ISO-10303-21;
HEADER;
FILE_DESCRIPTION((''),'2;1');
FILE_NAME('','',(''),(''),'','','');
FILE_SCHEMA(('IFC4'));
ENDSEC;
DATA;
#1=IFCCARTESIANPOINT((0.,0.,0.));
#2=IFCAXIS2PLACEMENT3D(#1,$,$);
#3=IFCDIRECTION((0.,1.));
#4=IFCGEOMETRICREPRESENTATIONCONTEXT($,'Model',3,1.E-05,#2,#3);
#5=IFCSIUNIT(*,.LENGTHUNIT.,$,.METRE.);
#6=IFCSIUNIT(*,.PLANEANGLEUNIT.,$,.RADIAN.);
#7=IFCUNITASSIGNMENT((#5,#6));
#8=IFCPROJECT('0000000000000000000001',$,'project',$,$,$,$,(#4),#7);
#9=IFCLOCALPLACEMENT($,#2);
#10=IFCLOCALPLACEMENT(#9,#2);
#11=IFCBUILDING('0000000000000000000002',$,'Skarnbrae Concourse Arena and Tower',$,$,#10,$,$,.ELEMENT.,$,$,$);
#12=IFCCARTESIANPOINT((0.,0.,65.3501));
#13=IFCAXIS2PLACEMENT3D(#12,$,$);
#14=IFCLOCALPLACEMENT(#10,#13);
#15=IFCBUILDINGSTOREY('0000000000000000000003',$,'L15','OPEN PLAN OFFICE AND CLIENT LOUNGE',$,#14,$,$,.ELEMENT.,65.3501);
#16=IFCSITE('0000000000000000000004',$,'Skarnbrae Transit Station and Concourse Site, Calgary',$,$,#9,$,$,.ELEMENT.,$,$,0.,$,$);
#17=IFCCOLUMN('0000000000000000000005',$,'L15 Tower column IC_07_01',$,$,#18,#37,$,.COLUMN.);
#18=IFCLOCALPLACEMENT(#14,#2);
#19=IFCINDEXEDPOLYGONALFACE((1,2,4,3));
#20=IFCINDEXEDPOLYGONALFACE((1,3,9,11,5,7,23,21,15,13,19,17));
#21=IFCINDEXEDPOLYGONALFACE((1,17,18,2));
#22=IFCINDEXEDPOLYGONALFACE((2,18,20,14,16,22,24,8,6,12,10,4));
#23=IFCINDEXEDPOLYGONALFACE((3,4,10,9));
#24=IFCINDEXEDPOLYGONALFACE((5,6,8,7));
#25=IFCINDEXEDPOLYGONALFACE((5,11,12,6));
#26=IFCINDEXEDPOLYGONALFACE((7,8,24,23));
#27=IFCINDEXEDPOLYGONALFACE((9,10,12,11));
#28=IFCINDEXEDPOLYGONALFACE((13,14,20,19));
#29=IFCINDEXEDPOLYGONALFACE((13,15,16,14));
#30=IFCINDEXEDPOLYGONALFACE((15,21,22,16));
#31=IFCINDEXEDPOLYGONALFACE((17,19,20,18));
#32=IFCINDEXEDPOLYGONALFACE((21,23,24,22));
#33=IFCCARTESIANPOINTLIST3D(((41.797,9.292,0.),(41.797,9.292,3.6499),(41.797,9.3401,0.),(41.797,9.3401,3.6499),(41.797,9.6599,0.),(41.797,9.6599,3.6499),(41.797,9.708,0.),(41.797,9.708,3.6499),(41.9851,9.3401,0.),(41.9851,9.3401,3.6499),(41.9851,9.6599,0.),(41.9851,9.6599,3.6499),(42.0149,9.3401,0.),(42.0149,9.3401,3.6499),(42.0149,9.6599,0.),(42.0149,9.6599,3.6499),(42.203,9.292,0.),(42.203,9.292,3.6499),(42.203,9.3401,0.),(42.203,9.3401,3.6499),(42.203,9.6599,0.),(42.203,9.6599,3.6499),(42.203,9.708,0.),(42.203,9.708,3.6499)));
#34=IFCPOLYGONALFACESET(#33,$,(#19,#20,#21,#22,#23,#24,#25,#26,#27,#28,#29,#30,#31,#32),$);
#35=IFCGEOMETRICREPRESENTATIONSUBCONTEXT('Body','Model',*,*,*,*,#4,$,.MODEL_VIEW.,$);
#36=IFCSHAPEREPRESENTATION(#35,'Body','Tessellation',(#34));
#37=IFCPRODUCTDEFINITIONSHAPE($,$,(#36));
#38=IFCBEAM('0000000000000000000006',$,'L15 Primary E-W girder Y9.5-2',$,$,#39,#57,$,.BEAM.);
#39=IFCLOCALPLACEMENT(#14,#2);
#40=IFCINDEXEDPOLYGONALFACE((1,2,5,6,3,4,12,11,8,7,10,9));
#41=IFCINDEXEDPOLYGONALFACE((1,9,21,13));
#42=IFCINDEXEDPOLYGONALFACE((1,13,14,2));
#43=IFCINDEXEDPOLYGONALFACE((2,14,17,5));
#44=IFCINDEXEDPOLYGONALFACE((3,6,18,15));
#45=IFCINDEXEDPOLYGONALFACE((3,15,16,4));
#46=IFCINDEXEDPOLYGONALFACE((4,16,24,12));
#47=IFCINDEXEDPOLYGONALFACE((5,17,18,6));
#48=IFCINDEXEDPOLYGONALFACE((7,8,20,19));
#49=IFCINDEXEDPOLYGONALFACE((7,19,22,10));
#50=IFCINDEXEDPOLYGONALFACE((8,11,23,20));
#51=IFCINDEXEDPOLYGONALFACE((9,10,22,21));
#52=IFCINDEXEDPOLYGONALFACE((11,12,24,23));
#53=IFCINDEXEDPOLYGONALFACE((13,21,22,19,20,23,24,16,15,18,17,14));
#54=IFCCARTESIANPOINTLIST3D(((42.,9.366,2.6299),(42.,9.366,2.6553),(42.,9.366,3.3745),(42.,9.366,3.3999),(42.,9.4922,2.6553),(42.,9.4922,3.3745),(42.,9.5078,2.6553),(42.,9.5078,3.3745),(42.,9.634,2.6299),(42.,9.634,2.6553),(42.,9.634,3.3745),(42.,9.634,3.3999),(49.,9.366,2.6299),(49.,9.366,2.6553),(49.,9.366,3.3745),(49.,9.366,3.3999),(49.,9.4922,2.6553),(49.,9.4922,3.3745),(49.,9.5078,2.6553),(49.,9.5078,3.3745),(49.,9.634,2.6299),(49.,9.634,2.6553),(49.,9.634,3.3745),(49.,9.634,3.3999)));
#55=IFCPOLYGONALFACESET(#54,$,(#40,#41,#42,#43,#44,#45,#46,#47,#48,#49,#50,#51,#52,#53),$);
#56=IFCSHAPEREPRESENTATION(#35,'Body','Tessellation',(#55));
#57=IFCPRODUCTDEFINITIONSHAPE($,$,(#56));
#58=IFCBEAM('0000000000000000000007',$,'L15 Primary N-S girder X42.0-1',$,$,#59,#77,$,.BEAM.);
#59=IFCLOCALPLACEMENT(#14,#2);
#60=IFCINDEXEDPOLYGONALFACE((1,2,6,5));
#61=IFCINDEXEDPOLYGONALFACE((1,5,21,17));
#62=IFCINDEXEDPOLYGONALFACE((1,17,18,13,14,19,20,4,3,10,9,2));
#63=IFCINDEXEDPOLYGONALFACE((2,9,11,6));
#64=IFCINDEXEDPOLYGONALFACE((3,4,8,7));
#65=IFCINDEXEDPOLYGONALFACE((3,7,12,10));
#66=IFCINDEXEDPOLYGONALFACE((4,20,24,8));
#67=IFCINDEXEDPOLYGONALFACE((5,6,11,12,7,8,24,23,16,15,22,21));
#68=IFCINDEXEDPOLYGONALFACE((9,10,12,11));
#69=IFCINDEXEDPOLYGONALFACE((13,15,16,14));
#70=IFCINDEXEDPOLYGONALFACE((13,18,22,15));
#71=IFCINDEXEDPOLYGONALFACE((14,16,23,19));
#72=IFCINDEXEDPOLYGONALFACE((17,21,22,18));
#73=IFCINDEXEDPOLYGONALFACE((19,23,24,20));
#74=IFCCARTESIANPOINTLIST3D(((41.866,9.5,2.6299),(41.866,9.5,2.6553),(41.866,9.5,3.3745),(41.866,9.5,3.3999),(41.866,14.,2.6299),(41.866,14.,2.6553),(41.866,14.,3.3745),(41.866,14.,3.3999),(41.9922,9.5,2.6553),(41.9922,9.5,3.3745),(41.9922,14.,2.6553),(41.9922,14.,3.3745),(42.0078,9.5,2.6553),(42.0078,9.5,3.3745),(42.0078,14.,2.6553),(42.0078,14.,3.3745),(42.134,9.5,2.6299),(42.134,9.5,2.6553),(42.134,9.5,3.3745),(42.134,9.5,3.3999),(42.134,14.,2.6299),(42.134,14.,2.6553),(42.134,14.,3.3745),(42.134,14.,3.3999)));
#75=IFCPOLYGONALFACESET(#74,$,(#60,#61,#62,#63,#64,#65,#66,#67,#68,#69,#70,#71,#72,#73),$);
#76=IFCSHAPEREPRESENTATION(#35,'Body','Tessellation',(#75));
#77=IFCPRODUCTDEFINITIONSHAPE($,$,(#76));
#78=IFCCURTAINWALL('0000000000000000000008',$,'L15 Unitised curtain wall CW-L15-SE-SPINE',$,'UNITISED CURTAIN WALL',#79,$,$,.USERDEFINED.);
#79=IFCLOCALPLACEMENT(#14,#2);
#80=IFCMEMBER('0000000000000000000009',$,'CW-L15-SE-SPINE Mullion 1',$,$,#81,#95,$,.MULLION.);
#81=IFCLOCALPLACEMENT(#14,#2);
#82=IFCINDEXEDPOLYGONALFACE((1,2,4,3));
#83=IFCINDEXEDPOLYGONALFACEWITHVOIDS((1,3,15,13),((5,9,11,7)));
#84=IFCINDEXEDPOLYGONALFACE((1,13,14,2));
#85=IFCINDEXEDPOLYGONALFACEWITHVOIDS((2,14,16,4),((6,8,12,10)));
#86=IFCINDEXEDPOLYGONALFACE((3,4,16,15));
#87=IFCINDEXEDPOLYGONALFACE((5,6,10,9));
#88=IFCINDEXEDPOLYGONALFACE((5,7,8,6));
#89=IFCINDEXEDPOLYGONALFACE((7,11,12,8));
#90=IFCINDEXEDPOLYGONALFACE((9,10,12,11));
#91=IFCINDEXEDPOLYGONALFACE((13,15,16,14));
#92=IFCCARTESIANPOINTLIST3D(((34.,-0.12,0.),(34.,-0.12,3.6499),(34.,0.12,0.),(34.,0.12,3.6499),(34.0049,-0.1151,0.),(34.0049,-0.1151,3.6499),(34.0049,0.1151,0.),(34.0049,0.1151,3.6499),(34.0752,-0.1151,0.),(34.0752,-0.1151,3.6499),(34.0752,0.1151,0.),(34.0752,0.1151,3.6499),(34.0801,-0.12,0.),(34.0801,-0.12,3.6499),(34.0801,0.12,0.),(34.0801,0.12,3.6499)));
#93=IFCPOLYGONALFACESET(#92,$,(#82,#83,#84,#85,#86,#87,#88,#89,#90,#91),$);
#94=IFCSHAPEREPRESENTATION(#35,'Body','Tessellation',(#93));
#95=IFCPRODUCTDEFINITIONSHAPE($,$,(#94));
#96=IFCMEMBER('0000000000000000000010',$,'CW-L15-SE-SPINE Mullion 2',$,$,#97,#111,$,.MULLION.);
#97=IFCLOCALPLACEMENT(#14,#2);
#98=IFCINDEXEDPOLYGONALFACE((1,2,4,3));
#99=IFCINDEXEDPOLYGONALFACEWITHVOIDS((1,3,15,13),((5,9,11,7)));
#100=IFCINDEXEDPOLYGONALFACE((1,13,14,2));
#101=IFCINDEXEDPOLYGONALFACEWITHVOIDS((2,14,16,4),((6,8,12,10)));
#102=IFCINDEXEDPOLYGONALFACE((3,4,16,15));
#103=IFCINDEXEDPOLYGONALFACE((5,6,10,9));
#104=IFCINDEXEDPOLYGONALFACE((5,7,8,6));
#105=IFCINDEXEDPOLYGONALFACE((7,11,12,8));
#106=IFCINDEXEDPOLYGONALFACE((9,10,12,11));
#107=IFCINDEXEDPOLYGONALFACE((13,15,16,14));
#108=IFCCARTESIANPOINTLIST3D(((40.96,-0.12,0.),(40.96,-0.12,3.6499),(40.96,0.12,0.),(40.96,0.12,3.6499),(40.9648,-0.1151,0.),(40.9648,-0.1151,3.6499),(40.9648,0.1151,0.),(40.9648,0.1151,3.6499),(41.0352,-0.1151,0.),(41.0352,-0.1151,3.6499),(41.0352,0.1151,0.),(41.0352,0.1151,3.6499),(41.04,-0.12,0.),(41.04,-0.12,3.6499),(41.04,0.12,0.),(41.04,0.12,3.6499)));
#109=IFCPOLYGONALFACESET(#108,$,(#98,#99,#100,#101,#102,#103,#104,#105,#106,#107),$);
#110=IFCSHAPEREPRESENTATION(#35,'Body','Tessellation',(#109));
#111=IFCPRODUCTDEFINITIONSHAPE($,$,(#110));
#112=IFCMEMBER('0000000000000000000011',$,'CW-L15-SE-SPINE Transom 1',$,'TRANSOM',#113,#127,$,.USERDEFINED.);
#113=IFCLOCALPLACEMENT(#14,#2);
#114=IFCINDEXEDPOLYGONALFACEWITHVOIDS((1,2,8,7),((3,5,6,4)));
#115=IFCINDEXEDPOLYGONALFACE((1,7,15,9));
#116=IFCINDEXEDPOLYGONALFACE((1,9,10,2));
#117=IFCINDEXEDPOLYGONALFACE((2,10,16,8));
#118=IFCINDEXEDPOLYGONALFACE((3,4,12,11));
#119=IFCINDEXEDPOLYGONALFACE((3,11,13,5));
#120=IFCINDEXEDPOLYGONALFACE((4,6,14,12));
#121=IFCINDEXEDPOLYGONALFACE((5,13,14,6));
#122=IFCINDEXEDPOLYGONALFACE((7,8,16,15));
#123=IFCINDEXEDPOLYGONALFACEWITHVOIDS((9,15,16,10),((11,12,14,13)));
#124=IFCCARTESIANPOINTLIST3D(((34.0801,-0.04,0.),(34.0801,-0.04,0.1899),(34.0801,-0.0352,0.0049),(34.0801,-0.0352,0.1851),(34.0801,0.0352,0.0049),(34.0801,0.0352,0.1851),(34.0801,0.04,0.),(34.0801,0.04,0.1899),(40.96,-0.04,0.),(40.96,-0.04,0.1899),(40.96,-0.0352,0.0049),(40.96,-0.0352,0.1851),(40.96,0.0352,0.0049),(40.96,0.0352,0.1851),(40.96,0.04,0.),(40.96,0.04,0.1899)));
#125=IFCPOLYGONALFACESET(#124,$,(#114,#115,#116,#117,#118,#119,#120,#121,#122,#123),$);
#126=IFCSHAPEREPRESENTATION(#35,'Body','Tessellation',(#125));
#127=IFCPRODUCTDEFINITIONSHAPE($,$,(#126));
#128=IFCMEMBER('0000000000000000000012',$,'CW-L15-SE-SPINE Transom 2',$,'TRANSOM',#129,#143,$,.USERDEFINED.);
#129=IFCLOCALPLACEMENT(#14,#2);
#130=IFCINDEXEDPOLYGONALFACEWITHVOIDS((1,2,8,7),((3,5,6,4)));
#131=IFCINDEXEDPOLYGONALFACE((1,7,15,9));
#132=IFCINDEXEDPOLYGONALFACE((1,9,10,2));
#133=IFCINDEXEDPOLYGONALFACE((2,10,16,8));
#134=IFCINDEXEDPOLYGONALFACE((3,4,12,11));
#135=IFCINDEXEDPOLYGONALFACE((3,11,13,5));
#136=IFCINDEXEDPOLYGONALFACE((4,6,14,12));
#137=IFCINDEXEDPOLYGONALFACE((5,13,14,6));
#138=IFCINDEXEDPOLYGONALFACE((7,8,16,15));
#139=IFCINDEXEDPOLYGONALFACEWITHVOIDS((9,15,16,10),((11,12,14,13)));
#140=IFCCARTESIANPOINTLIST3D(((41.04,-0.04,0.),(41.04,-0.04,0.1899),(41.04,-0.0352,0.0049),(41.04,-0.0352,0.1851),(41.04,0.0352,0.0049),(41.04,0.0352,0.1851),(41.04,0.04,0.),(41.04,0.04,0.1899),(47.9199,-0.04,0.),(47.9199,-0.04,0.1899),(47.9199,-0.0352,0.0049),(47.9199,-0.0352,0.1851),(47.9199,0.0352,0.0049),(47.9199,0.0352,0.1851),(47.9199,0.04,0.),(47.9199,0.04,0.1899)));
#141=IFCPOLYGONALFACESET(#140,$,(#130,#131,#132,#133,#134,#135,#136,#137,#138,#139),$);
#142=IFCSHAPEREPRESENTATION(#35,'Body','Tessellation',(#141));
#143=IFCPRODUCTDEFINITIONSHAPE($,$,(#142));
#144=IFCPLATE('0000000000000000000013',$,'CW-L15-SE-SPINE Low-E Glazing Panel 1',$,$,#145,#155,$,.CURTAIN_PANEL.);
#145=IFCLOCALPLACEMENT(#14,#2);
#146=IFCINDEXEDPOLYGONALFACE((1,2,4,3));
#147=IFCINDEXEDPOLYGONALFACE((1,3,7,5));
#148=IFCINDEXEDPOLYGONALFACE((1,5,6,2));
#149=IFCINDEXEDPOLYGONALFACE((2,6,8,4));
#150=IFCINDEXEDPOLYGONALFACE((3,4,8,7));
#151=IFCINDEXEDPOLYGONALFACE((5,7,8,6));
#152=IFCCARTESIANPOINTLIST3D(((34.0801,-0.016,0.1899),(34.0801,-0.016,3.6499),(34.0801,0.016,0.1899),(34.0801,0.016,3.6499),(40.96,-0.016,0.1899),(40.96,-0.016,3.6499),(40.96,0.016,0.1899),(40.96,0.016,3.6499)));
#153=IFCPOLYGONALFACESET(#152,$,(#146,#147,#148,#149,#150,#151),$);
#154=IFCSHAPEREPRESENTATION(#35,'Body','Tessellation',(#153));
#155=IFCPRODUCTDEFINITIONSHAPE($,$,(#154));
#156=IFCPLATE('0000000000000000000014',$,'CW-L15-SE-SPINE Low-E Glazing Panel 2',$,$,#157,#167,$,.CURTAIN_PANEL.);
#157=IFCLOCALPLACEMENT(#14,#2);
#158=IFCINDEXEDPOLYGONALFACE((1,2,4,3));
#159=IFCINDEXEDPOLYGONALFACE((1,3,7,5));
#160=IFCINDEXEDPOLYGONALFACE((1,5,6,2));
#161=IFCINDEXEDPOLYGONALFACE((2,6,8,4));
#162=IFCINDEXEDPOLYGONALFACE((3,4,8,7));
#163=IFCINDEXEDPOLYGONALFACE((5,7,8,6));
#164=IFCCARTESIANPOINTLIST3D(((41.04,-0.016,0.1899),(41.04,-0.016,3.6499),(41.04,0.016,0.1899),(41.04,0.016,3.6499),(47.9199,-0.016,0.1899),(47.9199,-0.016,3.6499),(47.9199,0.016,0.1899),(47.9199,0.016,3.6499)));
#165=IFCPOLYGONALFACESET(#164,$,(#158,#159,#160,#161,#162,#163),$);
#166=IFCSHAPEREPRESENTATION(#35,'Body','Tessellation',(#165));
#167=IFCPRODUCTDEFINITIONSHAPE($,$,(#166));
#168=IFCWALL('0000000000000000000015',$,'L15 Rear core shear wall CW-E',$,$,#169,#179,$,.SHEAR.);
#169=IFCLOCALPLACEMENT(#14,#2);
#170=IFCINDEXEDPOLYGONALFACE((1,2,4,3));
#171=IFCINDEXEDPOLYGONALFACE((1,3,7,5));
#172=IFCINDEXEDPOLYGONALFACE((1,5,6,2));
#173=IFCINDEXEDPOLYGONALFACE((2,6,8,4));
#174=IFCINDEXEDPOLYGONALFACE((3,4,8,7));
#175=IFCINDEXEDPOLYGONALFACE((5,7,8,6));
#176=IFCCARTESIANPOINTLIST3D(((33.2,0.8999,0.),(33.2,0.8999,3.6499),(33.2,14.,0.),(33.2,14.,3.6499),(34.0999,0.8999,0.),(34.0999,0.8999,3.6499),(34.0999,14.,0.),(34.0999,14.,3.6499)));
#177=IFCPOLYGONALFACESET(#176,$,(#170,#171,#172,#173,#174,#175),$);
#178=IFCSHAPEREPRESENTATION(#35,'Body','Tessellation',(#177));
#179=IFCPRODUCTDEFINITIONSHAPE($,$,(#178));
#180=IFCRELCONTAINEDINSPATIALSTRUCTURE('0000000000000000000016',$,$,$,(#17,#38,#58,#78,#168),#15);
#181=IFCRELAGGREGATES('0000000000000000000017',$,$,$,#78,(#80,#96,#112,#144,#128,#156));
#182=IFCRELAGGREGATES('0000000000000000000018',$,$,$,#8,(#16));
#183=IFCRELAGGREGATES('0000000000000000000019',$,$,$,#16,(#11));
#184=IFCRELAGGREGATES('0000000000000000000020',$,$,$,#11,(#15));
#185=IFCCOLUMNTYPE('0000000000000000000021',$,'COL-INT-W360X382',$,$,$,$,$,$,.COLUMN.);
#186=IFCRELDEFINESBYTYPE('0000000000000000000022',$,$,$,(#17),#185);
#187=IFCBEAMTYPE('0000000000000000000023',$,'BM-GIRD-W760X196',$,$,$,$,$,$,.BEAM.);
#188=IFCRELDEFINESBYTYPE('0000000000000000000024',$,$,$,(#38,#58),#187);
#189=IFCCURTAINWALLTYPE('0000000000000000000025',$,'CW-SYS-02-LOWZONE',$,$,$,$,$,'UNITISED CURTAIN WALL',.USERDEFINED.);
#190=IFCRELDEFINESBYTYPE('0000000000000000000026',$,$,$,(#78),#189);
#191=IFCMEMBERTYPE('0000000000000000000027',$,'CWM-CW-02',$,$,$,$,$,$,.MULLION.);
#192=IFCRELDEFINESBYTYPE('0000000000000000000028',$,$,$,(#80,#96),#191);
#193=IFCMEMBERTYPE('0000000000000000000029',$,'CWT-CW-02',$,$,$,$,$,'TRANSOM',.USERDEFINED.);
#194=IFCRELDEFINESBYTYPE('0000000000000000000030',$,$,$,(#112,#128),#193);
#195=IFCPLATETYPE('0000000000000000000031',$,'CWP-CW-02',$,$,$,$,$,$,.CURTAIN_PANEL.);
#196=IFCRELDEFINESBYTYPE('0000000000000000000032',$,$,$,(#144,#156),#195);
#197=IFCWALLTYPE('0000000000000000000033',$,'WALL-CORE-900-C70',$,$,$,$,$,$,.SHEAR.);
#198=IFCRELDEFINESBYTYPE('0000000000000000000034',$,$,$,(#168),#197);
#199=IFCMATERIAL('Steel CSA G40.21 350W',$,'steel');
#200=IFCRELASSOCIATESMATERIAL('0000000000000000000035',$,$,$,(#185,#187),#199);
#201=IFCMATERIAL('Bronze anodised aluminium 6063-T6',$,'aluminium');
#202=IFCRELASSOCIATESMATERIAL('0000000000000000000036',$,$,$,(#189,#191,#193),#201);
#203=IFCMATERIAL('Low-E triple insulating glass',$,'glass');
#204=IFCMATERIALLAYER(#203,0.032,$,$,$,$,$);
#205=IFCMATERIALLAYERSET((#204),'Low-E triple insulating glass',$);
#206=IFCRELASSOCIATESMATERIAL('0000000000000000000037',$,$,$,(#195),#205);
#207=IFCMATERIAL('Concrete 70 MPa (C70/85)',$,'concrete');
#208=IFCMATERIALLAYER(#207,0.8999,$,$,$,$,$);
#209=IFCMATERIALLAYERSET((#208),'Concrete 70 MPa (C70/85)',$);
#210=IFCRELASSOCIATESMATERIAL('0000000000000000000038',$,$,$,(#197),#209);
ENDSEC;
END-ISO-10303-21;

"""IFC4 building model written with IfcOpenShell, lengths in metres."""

from ifc_helpers import new_model, si_unit, direction, frame, frame_2d, origin, origin_2d, place, context, subcontext, project, spatial, rectangle, hollow_rectangle, i_section, extrude, source, transform, mapped, material, layer, layer_set, material_profile, profile_set, type_object, element, aggregate, save


model = new_model("IFC4")

# Units and contexts
model_context = context("Model", 3, precision=1e-05, world=origin(), true_north=direction((0.0, 1.0)))
body_context = subcontext(model_context, "Body", "Model", "MODEL_VIEW")
ifc_project = project(units=[si_unit("LENGTHUNIT", "METRE"), si_unit("PLANEANGLEUNIT", "RADIAN")], contexts=[model_context])

# Site, building, storey
site_placement = place(None, origin())
site = spatial("IfcSite", under=ifc_project, at=site_placement, Name="Skarnbrae Transit Station and Concourse Site, Calgary", CompositionType="ELEMENT", RefElevation=0.0)
building_placement = place(site_placement, origin())
building = spatial("IfcBuilding", under=site, at=building_placement, Name="Skarnbrae Concourse Arena and Tower", CompositionType="ELEMENT")
storey_placement = place(building_placement, frame((0.0, 0.0, 65.3501)))
storey = spatial("IfcBuildingStorey", under=building, at=storey_placement, Name="L15", Description="OPEN PLAN OFFICE AND CLIENT LOUNGE", CompositionType="ELEMENT", Elevation=65.3501)

# Column
ifc_material_1 = material(Name="Steel CSA G40.21 350W", Category="steel")
ifc_material_profile_1 = material_profile(ifc_material_1, i_section(OverallWidth=0.406, OverallDepth=0.416, WebThickness=0.0298, FlangeThickness=0.0481, at=origin_2d()), Name="W360X382")
ifc_profile_set_1 = profile_set([ifc_material_profile_1], Name="Steel CSA G40.21 350W")
column_type = type_object("IfcColumnType", Name="COL-INT-W360X382", PredefinedType="COLUMN", material=ifc_profile_set_1)
shared_shape_1 = source(origin(), body_context, "Body", "SweptSolid", [
    extrude(i_section(OverallWidth=0.406, OverallDepth=0.416, WebThickness=0.0298, FlangeThickness=0.0481, at=origin_2d()), origin(), (0.0, 0.0, 1.0), 3.6499),
])
column_placement = place(storey_placement, frame((42.0, 9.5, 0.0), z_axis=(0.0, 0.0, 1.0), x_axis=(1.0, 0.0, 0.0)))
element("IfcColumn", 1, at=column_placement, inside=storey, type_object=column_type, Name="L15 Tower column IC_07_01", PredefinedType="COLUMN", context=body_context, shape_type="MappedRepresentation", body=[
    mapped(shared_shape_1, transform((0.0, 0.0, 0.0))),
])

# Beams
ifc_material_profile_2 = material_profile(ifc_material_1, i_section(OverallWidth=0.2681, OverallDepth=0.77, WebThickness=0.0156, FlangeThickness=0.0254, at=origin_2d()), Name="W760X196")
ifc_profile_set_2 = profile_set([ifc_material_profile_2], Name="Steel CSA G40.21 350W")
beam_type = type_object("IfcBeamType", Name="BM-GIRD-W760X196", PredefinedType="BEAM", material=ifc_profile_set_2)
shared_shape_2 = source(origin(), body_context, "Body", "SweptSolid", [
    extrude(i_section(OverallWidth=0.2681, OverallDepth=0.77, WebThickness=0.0156, FlangeThickness=0.0254, at=origin_2d()), origin(), (0.0, 0.0, 1.0), 7.0),
])
beam_1_placement = place(storey_placement, frame((42.0, 9.5, 3.0149), z_axis=(1.0, 0.0, 0.0), x_axis=(0.0, 1.0, 0.0)))
element("IfcBeam", 2, at=beam_1_placement, inside=storey, type_object=beam_type, Name="L15 Primary E-W girder Y9.5-2", PredefinedType="BEAM", context=body_context, shape_type="MappedRepresentation", body=[
    mapped(shared_shape_2, transform((0.0, 0.0, 0.0))),
])
shared_shape_3 = source(origin(), body_context, "Body", "SweptSolid", [
    extrude(i_section(OverallWidth=0.2681, OverallDepth=0.77, WebThickness=0.0156, FlangeThickness=0.0254, at=origin_2d()), origin(), (0.0, 0.0, 1.0), 4.5),
])
beam_2_placement = place(storey_placement, frame((42.0, 9.5, 3.0149), z_axis=(0.0, 1.0, 0.0), x_axis=(-1.0, 0.0, 0.0)))
element("IfcBeam", 3, at=beam_2_placement, inside=storey, type_object=beam_type, Name="L15 Primary N-S girder X42.0-1", PredefinedType="BEAM", context=body_context, shape_type="MappedRepresentation", body=[
    mapped(shared_shape_3, transform((0.0, 0.0, 0.0))),
])

# Curtain wall, members, plates
ifc_material_2 = material(Name="Bronze anodised aluminium 6063-T6", Category="aluminium")
curtain_wall_type = type_object("IfcCurtainWallType", Name="CW-SYS-02-LOWZONE", ElementType="UNITISED CURTAIN WALL", PredefinedType="USERDEFINED", material=ifc_material_2)
curtain_wall_placement = place(storey_placement, origin())
curtain_wall = element("IfcCurtainWall", 4, at=curtain_wall_placement, inside=storey, type_object=curtain_wall_type, Name="L15 Unitised curtain wall CW-L15-SE-SPINE", ObjectType="UNITISED CURTAIN WALL", PredefinedType="USERDEFINED")
ifc_material_profile_3 = material_profile(ifc_material_2, hollow_rectangle(XDim=0.0801, YDim=0.24, WallThickness=0.0049, at=origin_2d()), Name="ALU-MULL-80X240")
ifc_profile_set_3 = profile_set([ifc_material_profile_3], Name="Bronze anodised aluminium 6063-T6")
member_type_1 = type_object("IfcMemberType", Name="CWM-CW-02", PredefinedType="MULLION", material=ifc_profile_set_3)
shared_shape_4 = source(origin(), body_context, "Body", "SweptSolid", [
    extrude(hollow_rectangle(XDim=0.0801, YDim=0.24, WallThickness=0.0049, at=origin_2d()), origin(), (0.0, 0.0, 1.0), 3.6499),
])
member_1_placement = place(storey_placement, frame((34.04, 0.0, 0.0), z_axis=(0.0, 0.0, 1.0), x_axis=(1.0, 0.0, 0.0)))
member_1 = element("IfcMember", 5, at=member_1_placement, type_object=member_type_1, Name="CW-L15-SE-SPINE Mullion 1", PredefinedType="MULLION", context=body_context, shape_type="MappedRepresentation", body=[
    mapped(shared_shape_4, transform((0.0, 0.0, 0.0))),
])
member_2_placement = place(storey_placement, frame((41.0, 0.0, 0.0), z_axis=(0.0, 0.0, 1.0), x_axis=(1.0, 0.0, 0.0)))
member_2 = element("IfcMember", 6, at=member_2_placement, type_object=member_type_1, Name="CW-L15-SE-SPINE Mullion 2", PredefinedType="MULLION", context=body_context, shape_type="MappedRepresentation", body=[
    mapped(shared_shape_4, transform((0.0, 0.0, 0.0))),
])
ifc_material_profile_4 = material_profile(ifc_material_2, hollow_rectangle(XDim=0.0801, YDim=0.1899, WallThickness=0.0049, at=origin_2d()), Name="ALU-TRAN-80X190")
ifc_profile_set_4 = profile_set([ifc_material_profile_4], Name="Bronze anodised aluminium 6063-T6")
member_type_2 = type_object("IfcMemberType", Name="CWT-CW-02", ElementType="TRANSOM", PredefinedType="USERDEFINED", material=ifc_profile_set_4)
shared_shape_5 = source(origin(), body_context, "Body", "SweptSolid", [
    extrude(hollow_rectangle(XDim=0.0801, YDim=0.1899, WallThickness=0.0049, at=origin_2d()), origin(), (0.0, 0.0, 1.0), 6.8799),
])
member_3_placement = place(storey_placement, frame((34.0801, 0.0, 0.095), z_axis=(1.0, 0.0, 0.0), x_axis=(0.0, 1.0, 0.0)))
member_3 = element("IfcMember", 7, at=member_3_placement, type_object=member_type_2, Name="CW-L15-SE-SPINE Transom 1", ObjectType="TRANSOM", PredefinedType="USERDEFINED", context=body_context, shape_type="MappedRepresentation", body=[
    mapped(shared_shape_5, transform((0.0, 0.0, 0.0))),
])
member_4_placement = place(storey_placement, frame((41.04, 0.0, 0.095), z_axis=(1.0, 0.0, 0.0), x_axis=(0.0, 1.0, 0.0)))
member_4 = element("IfcMember", 8, at=member_4_placement, type_object=member_type_2, Name="CW-L15-SE-SPINE Transom 2", ObjectType="TRANSOM", PredefinedType="USERDEFINED", context=body_context, shape_type="MappedRepresentation", body=[
    mapped(shared_shape_5, transform((0.0, 0.0, 0.0))),
])
ifc_material_3 = material(Name="Low-E triple insulating glass", Category="glass")
ifc_layer_1 = layer(ifc_material_3, 0.032)
ifc_layer_set_1 = layer_set([ifc_layer_1], Name="Low-E triple insulating glass")
plate_type = type_object("IfcPlateType", Name="CWP-CW-02", PredefinedType="CURTAIN_PANEL", material=ifc_layer_set_1)
shared_shape_6 = source(origin(), body_context, "Body", "SweptSolid", [
    extrude(rectangle(XDim=6.8799, YDim=0.032, at=origin_2d()), origin(), (0.0, 0.0, 1.0), 3.46),
])
plate_1_placement = place(storey_placement, frame((37.52, 0.0, 0.1899), z_axis=(0.0, 0.0, 1.0), x_axis=(1.0, 0.0, 0.0)))
plate_1 = element("IfcPlate", 9, at=plate_1_placement, type_object=plate_type, Name="CW-L15-SE-SPINE Low-E Glazing Panel 1", PredefinedType="CURTAIN_PANEL", context=body_context, shape_type="MappedRepresentation", body=[
    mapped(shared_shape_6, transform((0.0, 0.0, 0.0))),
])
plate_2_placement = place(storey_placement, frame((44.48, 0.0, 0.1899), z_axis=(0.0, 0.0, 1.0), x_axis=(1.0, 0.0, 0.0)))
plate_2 = element("IfcPlate", 10, at=plate_2_placement, type_object=plate_type, Name="CW-L15-SE-SPINE Low-E Glazing Panel 2", PredefinedType="CURTAIN_PANEL", context=body_context, shape_type="MappedRepresentation", body=[
    mapped(shared_shape_6, transform((0.0, 0.0, 0.0))),
])
aggregate(curtain_wall, [member_1, member_2, member_3, plate_1, member_4, plate_2])

# Wall
ifc_material_4 = material(Name="Concrete 70 MPa (C70/85)", Category="concrete")
ifc_layer_2 = layer(ifc_material_4, 0.8999)
ifc_layer_set_2 = layer_set([ifc_layer_2], Name="Concrete 70 MPa (C70/85)")
wall_type_1 = type_object("IfcWallType", Name="WALL-CORE-900-C70", PredefinedType="SHEAR", material=ifc_layer_set_2)
shared_shape_7 = source(origin(), body_context, "Body", "SweptSolid", [
    extrude(rectangle(XDim=13.1001, YDim=0.8999, at=frame_2d((6.55, 0.0))), origin(), (0.0, 0.0, 1.0), 3.6499),
])
wall_1_placement = place(storey_placement, frame((33.6499, 0.8999, 0.0), z_axis=(0.0, 0.0, 1.0), x_axis=(0.0, 1.0, 0.0)))
element("IfcWall", 11, at=wall_1_placement, inside=storey, type_object=wall_type_1, Name="L15 Rear core shear wall CW-E", PredefinedType="SHEAR", context=body_context, shape_type="MappedRepresentation", body=[
    mapped(shared_shape_7, transform((0.0, 0.0, 0.0))),
])

save(model, "model.ifc")
